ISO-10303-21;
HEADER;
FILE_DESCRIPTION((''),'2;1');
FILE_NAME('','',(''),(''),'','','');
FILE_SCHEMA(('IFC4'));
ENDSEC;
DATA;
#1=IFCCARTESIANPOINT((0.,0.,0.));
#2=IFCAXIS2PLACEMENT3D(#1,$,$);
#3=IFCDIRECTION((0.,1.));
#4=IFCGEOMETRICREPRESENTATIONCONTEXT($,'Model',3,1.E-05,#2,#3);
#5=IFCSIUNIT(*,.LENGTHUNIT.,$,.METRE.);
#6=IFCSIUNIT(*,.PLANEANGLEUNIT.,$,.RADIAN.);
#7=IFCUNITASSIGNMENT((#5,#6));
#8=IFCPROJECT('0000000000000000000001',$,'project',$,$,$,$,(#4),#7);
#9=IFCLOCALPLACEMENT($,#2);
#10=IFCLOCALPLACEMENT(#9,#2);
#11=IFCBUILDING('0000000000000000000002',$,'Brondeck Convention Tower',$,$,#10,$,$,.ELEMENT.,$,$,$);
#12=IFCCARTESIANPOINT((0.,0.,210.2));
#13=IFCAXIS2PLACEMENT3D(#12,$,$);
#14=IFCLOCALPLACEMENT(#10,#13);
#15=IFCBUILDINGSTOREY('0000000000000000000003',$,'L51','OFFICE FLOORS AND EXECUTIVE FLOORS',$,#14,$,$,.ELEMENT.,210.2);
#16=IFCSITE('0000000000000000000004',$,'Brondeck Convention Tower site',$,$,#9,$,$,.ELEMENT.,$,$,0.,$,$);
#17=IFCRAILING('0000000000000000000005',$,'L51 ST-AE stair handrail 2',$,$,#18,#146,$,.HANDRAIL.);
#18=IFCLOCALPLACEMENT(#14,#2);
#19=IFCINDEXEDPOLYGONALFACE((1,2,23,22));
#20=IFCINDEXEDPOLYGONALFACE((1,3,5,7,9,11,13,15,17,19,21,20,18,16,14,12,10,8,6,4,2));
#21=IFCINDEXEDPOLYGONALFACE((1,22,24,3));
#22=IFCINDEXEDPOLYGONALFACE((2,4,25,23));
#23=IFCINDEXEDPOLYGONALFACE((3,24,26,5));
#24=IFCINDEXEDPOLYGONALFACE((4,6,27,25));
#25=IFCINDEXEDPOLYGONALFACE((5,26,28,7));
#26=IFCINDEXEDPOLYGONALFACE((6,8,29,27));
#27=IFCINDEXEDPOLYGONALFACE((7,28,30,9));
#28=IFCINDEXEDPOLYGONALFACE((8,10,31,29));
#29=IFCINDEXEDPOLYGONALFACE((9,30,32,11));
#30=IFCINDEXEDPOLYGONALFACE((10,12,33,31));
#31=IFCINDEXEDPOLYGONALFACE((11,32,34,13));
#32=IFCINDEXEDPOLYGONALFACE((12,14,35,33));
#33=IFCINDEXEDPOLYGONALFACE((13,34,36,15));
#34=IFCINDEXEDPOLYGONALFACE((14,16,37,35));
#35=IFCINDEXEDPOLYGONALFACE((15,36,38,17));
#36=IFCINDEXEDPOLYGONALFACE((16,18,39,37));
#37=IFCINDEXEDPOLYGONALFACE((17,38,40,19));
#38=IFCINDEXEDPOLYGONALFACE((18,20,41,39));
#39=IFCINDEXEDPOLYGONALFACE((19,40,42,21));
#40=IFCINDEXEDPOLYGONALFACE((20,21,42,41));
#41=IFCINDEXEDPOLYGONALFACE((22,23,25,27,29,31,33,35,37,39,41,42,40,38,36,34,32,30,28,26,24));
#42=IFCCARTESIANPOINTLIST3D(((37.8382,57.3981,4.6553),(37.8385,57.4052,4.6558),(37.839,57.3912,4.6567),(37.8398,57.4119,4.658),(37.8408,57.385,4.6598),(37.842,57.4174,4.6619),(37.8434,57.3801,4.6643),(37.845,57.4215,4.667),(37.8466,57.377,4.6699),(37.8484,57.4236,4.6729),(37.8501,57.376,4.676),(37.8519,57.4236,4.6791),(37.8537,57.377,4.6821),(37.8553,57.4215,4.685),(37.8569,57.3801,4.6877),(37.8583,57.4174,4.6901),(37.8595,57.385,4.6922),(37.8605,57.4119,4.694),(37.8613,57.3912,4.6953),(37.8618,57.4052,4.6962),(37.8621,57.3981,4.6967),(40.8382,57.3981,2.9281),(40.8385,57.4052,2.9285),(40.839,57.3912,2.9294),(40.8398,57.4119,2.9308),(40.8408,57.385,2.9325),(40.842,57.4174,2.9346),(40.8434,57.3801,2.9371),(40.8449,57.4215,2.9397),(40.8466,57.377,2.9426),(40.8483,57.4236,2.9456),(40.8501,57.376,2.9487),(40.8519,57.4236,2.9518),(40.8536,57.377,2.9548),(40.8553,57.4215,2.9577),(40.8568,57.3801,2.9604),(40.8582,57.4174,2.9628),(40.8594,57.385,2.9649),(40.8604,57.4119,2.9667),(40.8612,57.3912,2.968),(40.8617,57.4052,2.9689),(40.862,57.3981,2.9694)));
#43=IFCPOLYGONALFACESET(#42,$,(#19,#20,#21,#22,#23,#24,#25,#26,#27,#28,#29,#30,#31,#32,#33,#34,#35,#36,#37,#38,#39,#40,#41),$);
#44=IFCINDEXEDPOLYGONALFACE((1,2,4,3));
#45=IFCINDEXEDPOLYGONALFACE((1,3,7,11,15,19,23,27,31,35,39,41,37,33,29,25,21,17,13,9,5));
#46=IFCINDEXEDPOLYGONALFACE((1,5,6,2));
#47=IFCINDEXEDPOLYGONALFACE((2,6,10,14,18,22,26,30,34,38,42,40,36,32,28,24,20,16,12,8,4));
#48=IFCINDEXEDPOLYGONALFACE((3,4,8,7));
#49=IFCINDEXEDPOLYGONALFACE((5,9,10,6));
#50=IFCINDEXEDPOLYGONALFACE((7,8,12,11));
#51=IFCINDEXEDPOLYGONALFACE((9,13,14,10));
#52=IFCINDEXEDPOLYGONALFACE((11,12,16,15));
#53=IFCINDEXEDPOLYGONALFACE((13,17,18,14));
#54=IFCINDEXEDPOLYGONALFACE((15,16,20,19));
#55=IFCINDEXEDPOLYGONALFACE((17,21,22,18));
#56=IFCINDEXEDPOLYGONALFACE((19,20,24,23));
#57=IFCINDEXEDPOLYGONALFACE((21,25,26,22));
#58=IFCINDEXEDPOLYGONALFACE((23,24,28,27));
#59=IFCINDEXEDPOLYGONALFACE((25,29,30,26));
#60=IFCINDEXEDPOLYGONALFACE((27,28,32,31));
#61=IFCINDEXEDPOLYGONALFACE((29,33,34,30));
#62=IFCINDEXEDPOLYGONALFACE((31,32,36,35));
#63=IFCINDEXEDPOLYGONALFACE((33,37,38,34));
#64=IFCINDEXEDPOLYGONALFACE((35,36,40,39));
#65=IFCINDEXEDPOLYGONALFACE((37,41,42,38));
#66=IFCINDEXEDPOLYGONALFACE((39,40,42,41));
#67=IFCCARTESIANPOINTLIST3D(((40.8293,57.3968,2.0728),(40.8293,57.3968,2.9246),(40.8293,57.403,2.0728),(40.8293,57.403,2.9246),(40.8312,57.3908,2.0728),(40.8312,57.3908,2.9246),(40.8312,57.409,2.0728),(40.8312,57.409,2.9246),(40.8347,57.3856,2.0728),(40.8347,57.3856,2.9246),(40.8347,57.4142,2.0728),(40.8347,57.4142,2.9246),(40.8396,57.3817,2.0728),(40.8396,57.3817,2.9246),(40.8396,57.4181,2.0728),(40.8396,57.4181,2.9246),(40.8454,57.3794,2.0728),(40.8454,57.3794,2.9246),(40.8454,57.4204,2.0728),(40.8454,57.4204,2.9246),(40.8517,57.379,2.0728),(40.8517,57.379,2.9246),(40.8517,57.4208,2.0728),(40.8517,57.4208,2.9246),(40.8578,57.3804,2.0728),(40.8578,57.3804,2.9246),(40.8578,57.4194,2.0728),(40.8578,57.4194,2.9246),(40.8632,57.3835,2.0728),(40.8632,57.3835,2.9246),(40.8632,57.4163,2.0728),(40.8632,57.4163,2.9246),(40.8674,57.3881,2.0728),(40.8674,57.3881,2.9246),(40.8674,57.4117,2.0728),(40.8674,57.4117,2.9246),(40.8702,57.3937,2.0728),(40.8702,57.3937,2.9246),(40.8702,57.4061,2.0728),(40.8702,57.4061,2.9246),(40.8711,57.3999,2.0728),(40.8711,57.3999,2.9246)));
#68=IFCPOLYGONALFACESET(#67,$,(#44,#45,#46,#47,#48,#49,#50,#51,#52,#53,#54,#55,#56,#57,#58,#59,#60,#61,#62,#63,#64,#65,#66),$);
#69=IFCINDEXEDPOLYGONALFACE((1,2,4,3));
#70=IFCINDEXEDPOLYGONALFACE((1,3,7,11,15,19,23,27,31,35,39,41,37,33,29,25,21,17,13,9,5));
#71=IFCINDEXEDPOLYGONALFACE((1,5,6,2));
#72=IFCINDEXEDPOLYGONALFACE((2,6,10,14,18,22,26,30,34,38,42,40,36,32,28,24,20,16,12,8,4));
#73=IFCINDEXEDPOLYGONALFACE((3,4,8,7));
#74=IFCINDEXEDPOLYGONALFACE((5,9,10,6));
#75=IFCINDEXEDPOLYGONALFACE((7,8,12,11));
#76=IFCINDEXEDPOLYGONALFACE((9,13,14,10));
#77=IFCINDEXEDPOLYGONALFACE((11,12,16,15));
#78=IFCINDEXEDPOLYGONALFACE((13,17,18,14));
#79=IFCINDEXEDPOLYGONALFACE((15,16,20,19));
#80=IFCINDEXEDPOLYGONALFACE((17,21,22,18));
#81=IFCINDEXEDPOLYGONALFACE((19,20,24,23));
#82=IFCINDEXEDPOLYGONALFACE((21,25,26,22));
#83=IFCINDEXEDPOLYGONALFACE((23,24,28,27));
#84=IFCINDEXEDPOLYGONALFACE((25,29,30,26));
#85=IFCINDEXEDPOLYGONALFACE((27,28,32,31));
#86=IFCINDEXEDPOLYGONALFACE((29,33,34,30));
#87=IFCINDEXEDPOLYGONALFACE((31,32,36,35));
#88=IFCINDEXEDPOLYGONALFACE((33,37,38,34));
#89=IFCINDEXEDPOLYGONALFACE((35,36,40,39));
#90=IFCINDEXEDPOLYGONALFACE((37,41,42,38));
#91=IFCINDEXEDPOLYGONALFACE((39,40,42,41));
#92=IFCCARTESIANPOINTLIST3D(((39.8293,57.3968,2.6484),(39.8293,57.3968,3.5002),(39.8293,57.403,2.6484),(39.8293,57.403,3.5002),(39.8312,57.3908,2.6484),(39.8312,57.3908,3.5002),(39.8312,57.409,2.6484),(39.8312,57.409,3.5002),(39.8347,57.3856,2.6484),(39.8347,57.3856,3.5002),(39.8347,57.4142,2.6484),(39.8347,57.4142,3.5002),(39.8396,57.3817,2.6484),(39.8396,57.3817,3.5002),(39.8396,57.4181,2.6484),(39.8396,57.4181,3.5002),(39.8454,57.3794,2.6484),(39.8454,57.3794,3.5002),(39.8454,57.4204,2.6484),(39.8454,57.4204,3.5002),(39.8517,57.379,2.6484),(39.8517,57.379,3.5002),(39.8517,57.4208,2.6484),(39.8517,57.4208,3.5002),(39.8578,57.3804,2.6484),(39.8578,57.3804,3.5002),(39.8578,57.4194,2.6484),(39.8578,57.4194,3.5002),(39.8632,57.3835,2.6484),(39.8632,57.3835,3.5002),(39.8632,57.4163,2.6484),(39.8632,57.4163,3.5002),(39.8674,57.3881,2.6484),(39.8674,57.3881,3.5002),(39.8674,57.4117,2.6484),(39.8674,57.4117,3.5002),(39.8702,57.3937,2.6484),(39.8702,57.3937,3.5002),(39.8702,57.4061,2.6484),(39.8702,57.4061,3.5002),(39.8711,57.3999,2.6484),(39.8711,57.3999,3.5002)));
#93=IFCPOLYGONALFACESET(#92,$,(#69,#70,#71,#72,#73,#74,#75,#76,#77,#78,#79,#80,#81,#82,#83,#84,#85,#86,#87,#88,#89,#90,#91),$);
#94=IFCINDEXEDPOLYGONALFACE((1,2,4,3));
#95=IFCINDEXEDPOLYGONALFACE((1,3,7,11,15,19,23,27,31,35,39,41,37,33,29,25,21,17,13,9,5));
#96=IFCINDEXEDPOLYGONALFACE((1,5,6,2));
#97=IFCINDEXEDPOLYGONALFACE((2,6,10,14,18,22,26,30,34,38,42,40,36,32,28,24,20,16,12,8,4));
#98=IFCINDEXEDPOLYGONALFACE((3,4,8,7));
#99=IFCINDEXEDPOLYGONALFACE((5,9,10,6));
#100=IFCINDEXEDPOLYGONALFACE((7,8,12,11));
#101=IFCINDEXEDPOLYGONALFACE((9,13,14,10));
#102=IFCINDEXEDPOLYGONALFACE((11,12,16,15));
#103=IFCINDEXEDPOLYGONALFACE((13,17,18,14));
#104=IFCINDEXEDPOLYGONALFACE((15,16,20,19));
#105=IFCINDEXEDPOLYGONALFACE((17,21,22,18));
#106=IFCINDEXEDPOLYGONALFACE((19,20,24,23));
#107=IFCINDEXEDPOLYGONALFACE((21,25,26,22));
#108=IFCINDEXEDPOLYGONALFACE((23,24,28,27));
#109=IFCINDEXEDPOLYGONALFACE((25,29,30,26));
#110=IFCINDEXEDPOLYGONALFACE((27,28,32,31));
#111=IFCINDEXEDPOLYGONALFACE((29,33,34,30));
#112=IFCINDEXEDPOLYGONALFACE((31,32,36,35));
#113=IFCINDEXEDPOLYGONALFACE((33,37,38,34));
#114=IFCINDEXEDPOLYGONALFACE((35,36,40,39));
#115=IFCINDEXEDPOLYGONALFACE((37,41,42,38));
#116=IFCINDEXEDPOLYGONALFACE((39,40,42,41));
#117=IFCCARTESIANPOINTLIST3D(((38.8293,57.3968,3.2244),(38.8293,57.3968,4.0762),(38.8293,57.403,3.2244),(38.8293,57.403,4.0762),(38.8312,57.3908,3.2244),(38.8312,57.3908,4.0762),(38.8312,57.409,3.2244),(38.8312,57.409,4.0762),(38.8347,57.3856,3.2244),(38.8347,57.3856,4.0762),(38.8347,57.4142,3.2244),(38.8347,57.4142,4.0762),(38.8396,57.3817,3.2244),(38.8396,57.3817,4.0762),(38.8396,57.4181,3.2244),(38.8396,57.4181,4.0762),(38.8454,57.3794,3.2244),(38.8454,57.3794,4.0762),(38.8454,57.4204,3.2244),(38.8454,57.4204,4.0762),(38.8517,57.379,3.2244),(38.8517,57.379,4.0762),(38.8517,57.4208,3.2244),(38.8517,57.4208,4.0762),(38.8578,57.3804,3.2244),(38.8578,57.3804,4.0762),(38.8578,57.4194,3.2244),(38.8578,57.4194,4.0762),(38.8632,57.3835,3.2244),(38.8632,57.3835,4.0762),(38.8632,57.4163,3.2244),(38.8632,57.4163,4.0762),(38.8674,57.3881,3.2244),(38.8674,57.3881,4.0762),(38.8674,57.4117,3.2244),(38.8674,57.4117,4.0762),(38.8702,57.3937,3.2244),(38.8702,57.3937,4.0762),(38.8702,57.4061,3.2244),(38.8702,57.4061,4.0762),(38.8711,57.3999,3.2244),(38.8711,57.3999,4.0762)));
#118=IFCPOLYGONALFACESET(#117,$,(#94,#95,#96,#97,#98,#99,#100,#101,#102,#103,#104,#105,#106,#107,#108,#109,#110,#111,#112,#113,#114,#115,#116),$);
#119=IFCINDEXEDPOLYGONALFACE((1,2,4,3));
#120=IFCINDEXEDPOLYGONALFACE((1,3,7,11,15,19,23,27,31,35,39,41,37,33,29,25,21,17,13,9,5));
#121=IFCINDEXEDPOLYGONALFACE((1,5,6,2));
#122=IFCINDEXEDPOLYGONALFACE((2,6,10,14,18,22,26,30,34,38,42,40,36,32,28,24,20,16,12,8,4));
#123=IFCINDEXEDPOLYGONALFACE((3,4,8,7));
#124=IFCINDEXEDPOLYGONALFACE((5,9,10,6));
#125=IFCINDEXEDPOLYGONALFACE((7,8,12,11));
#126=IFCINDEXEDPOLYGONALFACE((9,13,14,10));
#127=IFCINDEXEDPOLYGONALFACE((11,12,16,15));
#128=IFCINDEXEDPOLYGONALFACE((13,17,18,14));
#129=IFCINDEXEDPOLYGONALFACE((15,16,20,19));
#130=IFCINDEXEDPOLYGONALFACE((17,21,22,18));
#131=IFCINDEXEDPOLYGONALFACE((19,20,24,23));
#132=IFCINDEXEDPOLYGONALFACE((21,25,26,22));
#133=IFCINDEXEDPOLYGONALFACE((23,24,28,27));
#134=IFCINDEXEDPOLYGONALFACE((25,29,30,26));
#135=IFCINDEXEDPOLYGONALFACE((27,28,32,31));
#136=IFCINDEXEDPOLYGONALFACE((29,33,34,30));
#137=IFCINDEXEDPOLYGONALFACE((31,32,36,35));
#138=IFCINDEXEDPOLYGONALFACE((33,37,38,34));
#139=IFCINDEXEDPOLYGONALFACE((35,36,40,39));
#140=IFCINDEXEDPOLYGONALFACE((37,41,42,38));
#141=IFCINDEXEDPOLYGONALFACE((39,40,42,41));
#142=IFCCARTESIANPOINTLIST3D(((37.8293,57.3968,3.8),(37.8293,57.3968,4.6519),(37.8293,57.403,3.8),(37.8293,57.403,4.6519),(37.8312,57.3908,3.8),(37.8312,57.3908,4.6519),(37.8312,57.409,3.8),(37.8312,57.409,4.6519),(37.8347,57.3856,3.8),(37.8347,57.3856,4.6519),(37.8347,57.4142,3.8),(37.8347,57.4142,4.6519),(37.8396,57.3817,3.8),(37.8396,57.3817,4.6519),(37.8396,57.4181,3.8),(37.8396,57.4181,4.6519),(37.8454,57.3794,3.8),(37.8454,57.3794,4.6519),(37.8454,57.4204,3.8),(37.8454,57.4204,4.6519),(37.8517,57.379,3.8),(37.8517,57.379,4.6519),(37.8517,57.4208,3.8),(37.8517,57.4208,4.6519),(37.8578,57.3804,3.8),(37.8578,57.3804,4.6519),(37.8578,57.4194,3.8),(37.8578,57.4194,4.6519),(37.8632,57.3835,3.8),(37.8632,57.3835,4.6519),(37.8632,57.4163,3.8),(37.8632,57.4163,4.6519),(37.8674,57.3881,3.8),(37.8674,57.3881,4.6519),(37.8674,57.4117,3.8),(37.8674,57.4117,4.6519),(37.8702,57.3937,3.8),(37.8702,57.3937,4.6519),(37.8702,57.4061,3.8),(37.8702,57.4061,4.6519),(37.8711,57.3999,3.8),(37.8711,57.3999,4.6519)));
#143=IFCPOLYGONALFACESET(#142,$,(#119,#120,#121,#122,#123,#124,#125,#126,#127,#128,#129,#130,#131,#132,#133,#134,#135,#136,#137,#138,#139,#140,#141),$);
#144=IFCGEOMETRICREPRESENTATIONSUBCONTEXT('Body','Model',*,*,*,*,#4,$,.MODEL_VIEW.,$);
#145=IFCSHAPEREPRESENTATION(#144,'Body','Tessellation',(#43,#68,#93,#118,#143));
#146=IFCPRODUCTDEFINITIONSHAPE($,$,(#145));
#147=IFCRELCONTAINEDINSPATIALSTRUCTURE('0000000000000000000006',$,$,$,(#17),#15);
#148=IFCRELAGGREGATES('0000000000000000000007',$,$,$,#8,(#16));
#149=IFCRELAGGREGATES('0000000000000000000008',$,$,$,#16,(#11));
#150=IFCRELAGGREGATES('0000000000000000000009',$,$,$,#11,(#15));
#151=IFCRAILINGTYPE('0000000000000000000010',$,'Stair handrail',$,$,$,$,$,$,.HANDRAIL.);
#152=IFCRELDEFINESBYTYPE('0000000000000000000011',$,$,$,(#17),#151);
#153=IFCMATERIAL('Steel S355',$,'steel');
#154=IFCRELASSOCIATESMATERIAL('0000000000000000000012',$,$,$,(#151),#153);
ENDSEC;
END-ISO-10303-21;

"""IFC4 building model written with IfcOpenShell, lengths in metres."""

from ifc_helpers import new_model, si_unit, direction, frame, origin, origin_2d, place, context, subcontext, project, spatial, circle, extrude, material, type_object, element, save


model = new_model("IFC4")

# Units and contexts
model_context = context("Model", 3, precision=1e-05, world=origin(), true_north=direction((0.0, 1.0)))
body_context = subcontext(model_context, "Body", "Model", "MODEL_VIEW")
ifc_project = project(units=[si_unit("LENGTHUNIT", "METRE"), si_unit("PLANEANGLEUNIT", "RADIAN")], contexts=[model_context])

# Site, building, storey
site_placement = place(None, origin())
site = spatial("IfcSite", under=ifc_project, at=site_placement, Name="Brondeck Convention Tower site", CompositionType="ELEMENT", RefElevation=0.0)
building_placement = place(site_placement, origin())
building = spatial("IfcBuilding", under=site, at=building_placement, Name="Brondeck Convention Tower", CompositionType="ELEMENT")
storey_placement = place(building_placement, frame((0.0, 0.0, 210.2)))
storey = spatial("IfcBuildingStorey", under=building, at=storey_placement, Name="L51", Description="OFFICE FLOORS AND EXECUTIVE FLOORS", CompositionType="ELEMENT", Elevation=210.2)

# Shared definitions
ifc_material_1 = material(Name="Steel S355", Category="steel")

# Railing
railing_type_1 = type_object("IfcRailingType", Name="Stair handrail", PredefinedType="HANDRAIL", material=ifc_material_1)
railing_1_placement = place(storey_placement, frame((40.8501, 57.3999, 2.0728)))
element("IfcRailing", 1, at=railing_1_placement, inside=storey, type_object=railing_type_1, Name="L51 ST-AE stair handrail 2", PredefinedType="HANDRAIL", context=body_context, shape_type="SweptSolid", body=[
    extrude(circle(Radius=0.0239, at=origin_2d()), frame((0.0, 0.0, 0.876), z_axis=(-0.86662, 0.0, 0.498969), x_axis=(0.0, -1.0, 0.0)), (0.0, 0.0, 1.0), 3.4617),
    extrude(circle(Radius=0.021, at=origin_2d()), origin(), (0.0, 0.0, 1.0), 0.8518),
    extrude(circle(Radius=0.021, at=origin_2d()), frame((-1.0, 0.0, 0.5757)), (0.0, 0.0, 1.0), 0.8518),
    extrude(circle(Radius=0.021, at=origin_2d()), frame((-2.0, 0.0, 1.1516)), (0.0, 0.0, 1.0), 0.8518),
    extrude(circle(Radius=0.021, at=origin_2d()), frame((-3.0, 0.0, 1.7273)), (0.0, 0.0, 1.0), 0.8518),
])

save(model, "model.ifc")
